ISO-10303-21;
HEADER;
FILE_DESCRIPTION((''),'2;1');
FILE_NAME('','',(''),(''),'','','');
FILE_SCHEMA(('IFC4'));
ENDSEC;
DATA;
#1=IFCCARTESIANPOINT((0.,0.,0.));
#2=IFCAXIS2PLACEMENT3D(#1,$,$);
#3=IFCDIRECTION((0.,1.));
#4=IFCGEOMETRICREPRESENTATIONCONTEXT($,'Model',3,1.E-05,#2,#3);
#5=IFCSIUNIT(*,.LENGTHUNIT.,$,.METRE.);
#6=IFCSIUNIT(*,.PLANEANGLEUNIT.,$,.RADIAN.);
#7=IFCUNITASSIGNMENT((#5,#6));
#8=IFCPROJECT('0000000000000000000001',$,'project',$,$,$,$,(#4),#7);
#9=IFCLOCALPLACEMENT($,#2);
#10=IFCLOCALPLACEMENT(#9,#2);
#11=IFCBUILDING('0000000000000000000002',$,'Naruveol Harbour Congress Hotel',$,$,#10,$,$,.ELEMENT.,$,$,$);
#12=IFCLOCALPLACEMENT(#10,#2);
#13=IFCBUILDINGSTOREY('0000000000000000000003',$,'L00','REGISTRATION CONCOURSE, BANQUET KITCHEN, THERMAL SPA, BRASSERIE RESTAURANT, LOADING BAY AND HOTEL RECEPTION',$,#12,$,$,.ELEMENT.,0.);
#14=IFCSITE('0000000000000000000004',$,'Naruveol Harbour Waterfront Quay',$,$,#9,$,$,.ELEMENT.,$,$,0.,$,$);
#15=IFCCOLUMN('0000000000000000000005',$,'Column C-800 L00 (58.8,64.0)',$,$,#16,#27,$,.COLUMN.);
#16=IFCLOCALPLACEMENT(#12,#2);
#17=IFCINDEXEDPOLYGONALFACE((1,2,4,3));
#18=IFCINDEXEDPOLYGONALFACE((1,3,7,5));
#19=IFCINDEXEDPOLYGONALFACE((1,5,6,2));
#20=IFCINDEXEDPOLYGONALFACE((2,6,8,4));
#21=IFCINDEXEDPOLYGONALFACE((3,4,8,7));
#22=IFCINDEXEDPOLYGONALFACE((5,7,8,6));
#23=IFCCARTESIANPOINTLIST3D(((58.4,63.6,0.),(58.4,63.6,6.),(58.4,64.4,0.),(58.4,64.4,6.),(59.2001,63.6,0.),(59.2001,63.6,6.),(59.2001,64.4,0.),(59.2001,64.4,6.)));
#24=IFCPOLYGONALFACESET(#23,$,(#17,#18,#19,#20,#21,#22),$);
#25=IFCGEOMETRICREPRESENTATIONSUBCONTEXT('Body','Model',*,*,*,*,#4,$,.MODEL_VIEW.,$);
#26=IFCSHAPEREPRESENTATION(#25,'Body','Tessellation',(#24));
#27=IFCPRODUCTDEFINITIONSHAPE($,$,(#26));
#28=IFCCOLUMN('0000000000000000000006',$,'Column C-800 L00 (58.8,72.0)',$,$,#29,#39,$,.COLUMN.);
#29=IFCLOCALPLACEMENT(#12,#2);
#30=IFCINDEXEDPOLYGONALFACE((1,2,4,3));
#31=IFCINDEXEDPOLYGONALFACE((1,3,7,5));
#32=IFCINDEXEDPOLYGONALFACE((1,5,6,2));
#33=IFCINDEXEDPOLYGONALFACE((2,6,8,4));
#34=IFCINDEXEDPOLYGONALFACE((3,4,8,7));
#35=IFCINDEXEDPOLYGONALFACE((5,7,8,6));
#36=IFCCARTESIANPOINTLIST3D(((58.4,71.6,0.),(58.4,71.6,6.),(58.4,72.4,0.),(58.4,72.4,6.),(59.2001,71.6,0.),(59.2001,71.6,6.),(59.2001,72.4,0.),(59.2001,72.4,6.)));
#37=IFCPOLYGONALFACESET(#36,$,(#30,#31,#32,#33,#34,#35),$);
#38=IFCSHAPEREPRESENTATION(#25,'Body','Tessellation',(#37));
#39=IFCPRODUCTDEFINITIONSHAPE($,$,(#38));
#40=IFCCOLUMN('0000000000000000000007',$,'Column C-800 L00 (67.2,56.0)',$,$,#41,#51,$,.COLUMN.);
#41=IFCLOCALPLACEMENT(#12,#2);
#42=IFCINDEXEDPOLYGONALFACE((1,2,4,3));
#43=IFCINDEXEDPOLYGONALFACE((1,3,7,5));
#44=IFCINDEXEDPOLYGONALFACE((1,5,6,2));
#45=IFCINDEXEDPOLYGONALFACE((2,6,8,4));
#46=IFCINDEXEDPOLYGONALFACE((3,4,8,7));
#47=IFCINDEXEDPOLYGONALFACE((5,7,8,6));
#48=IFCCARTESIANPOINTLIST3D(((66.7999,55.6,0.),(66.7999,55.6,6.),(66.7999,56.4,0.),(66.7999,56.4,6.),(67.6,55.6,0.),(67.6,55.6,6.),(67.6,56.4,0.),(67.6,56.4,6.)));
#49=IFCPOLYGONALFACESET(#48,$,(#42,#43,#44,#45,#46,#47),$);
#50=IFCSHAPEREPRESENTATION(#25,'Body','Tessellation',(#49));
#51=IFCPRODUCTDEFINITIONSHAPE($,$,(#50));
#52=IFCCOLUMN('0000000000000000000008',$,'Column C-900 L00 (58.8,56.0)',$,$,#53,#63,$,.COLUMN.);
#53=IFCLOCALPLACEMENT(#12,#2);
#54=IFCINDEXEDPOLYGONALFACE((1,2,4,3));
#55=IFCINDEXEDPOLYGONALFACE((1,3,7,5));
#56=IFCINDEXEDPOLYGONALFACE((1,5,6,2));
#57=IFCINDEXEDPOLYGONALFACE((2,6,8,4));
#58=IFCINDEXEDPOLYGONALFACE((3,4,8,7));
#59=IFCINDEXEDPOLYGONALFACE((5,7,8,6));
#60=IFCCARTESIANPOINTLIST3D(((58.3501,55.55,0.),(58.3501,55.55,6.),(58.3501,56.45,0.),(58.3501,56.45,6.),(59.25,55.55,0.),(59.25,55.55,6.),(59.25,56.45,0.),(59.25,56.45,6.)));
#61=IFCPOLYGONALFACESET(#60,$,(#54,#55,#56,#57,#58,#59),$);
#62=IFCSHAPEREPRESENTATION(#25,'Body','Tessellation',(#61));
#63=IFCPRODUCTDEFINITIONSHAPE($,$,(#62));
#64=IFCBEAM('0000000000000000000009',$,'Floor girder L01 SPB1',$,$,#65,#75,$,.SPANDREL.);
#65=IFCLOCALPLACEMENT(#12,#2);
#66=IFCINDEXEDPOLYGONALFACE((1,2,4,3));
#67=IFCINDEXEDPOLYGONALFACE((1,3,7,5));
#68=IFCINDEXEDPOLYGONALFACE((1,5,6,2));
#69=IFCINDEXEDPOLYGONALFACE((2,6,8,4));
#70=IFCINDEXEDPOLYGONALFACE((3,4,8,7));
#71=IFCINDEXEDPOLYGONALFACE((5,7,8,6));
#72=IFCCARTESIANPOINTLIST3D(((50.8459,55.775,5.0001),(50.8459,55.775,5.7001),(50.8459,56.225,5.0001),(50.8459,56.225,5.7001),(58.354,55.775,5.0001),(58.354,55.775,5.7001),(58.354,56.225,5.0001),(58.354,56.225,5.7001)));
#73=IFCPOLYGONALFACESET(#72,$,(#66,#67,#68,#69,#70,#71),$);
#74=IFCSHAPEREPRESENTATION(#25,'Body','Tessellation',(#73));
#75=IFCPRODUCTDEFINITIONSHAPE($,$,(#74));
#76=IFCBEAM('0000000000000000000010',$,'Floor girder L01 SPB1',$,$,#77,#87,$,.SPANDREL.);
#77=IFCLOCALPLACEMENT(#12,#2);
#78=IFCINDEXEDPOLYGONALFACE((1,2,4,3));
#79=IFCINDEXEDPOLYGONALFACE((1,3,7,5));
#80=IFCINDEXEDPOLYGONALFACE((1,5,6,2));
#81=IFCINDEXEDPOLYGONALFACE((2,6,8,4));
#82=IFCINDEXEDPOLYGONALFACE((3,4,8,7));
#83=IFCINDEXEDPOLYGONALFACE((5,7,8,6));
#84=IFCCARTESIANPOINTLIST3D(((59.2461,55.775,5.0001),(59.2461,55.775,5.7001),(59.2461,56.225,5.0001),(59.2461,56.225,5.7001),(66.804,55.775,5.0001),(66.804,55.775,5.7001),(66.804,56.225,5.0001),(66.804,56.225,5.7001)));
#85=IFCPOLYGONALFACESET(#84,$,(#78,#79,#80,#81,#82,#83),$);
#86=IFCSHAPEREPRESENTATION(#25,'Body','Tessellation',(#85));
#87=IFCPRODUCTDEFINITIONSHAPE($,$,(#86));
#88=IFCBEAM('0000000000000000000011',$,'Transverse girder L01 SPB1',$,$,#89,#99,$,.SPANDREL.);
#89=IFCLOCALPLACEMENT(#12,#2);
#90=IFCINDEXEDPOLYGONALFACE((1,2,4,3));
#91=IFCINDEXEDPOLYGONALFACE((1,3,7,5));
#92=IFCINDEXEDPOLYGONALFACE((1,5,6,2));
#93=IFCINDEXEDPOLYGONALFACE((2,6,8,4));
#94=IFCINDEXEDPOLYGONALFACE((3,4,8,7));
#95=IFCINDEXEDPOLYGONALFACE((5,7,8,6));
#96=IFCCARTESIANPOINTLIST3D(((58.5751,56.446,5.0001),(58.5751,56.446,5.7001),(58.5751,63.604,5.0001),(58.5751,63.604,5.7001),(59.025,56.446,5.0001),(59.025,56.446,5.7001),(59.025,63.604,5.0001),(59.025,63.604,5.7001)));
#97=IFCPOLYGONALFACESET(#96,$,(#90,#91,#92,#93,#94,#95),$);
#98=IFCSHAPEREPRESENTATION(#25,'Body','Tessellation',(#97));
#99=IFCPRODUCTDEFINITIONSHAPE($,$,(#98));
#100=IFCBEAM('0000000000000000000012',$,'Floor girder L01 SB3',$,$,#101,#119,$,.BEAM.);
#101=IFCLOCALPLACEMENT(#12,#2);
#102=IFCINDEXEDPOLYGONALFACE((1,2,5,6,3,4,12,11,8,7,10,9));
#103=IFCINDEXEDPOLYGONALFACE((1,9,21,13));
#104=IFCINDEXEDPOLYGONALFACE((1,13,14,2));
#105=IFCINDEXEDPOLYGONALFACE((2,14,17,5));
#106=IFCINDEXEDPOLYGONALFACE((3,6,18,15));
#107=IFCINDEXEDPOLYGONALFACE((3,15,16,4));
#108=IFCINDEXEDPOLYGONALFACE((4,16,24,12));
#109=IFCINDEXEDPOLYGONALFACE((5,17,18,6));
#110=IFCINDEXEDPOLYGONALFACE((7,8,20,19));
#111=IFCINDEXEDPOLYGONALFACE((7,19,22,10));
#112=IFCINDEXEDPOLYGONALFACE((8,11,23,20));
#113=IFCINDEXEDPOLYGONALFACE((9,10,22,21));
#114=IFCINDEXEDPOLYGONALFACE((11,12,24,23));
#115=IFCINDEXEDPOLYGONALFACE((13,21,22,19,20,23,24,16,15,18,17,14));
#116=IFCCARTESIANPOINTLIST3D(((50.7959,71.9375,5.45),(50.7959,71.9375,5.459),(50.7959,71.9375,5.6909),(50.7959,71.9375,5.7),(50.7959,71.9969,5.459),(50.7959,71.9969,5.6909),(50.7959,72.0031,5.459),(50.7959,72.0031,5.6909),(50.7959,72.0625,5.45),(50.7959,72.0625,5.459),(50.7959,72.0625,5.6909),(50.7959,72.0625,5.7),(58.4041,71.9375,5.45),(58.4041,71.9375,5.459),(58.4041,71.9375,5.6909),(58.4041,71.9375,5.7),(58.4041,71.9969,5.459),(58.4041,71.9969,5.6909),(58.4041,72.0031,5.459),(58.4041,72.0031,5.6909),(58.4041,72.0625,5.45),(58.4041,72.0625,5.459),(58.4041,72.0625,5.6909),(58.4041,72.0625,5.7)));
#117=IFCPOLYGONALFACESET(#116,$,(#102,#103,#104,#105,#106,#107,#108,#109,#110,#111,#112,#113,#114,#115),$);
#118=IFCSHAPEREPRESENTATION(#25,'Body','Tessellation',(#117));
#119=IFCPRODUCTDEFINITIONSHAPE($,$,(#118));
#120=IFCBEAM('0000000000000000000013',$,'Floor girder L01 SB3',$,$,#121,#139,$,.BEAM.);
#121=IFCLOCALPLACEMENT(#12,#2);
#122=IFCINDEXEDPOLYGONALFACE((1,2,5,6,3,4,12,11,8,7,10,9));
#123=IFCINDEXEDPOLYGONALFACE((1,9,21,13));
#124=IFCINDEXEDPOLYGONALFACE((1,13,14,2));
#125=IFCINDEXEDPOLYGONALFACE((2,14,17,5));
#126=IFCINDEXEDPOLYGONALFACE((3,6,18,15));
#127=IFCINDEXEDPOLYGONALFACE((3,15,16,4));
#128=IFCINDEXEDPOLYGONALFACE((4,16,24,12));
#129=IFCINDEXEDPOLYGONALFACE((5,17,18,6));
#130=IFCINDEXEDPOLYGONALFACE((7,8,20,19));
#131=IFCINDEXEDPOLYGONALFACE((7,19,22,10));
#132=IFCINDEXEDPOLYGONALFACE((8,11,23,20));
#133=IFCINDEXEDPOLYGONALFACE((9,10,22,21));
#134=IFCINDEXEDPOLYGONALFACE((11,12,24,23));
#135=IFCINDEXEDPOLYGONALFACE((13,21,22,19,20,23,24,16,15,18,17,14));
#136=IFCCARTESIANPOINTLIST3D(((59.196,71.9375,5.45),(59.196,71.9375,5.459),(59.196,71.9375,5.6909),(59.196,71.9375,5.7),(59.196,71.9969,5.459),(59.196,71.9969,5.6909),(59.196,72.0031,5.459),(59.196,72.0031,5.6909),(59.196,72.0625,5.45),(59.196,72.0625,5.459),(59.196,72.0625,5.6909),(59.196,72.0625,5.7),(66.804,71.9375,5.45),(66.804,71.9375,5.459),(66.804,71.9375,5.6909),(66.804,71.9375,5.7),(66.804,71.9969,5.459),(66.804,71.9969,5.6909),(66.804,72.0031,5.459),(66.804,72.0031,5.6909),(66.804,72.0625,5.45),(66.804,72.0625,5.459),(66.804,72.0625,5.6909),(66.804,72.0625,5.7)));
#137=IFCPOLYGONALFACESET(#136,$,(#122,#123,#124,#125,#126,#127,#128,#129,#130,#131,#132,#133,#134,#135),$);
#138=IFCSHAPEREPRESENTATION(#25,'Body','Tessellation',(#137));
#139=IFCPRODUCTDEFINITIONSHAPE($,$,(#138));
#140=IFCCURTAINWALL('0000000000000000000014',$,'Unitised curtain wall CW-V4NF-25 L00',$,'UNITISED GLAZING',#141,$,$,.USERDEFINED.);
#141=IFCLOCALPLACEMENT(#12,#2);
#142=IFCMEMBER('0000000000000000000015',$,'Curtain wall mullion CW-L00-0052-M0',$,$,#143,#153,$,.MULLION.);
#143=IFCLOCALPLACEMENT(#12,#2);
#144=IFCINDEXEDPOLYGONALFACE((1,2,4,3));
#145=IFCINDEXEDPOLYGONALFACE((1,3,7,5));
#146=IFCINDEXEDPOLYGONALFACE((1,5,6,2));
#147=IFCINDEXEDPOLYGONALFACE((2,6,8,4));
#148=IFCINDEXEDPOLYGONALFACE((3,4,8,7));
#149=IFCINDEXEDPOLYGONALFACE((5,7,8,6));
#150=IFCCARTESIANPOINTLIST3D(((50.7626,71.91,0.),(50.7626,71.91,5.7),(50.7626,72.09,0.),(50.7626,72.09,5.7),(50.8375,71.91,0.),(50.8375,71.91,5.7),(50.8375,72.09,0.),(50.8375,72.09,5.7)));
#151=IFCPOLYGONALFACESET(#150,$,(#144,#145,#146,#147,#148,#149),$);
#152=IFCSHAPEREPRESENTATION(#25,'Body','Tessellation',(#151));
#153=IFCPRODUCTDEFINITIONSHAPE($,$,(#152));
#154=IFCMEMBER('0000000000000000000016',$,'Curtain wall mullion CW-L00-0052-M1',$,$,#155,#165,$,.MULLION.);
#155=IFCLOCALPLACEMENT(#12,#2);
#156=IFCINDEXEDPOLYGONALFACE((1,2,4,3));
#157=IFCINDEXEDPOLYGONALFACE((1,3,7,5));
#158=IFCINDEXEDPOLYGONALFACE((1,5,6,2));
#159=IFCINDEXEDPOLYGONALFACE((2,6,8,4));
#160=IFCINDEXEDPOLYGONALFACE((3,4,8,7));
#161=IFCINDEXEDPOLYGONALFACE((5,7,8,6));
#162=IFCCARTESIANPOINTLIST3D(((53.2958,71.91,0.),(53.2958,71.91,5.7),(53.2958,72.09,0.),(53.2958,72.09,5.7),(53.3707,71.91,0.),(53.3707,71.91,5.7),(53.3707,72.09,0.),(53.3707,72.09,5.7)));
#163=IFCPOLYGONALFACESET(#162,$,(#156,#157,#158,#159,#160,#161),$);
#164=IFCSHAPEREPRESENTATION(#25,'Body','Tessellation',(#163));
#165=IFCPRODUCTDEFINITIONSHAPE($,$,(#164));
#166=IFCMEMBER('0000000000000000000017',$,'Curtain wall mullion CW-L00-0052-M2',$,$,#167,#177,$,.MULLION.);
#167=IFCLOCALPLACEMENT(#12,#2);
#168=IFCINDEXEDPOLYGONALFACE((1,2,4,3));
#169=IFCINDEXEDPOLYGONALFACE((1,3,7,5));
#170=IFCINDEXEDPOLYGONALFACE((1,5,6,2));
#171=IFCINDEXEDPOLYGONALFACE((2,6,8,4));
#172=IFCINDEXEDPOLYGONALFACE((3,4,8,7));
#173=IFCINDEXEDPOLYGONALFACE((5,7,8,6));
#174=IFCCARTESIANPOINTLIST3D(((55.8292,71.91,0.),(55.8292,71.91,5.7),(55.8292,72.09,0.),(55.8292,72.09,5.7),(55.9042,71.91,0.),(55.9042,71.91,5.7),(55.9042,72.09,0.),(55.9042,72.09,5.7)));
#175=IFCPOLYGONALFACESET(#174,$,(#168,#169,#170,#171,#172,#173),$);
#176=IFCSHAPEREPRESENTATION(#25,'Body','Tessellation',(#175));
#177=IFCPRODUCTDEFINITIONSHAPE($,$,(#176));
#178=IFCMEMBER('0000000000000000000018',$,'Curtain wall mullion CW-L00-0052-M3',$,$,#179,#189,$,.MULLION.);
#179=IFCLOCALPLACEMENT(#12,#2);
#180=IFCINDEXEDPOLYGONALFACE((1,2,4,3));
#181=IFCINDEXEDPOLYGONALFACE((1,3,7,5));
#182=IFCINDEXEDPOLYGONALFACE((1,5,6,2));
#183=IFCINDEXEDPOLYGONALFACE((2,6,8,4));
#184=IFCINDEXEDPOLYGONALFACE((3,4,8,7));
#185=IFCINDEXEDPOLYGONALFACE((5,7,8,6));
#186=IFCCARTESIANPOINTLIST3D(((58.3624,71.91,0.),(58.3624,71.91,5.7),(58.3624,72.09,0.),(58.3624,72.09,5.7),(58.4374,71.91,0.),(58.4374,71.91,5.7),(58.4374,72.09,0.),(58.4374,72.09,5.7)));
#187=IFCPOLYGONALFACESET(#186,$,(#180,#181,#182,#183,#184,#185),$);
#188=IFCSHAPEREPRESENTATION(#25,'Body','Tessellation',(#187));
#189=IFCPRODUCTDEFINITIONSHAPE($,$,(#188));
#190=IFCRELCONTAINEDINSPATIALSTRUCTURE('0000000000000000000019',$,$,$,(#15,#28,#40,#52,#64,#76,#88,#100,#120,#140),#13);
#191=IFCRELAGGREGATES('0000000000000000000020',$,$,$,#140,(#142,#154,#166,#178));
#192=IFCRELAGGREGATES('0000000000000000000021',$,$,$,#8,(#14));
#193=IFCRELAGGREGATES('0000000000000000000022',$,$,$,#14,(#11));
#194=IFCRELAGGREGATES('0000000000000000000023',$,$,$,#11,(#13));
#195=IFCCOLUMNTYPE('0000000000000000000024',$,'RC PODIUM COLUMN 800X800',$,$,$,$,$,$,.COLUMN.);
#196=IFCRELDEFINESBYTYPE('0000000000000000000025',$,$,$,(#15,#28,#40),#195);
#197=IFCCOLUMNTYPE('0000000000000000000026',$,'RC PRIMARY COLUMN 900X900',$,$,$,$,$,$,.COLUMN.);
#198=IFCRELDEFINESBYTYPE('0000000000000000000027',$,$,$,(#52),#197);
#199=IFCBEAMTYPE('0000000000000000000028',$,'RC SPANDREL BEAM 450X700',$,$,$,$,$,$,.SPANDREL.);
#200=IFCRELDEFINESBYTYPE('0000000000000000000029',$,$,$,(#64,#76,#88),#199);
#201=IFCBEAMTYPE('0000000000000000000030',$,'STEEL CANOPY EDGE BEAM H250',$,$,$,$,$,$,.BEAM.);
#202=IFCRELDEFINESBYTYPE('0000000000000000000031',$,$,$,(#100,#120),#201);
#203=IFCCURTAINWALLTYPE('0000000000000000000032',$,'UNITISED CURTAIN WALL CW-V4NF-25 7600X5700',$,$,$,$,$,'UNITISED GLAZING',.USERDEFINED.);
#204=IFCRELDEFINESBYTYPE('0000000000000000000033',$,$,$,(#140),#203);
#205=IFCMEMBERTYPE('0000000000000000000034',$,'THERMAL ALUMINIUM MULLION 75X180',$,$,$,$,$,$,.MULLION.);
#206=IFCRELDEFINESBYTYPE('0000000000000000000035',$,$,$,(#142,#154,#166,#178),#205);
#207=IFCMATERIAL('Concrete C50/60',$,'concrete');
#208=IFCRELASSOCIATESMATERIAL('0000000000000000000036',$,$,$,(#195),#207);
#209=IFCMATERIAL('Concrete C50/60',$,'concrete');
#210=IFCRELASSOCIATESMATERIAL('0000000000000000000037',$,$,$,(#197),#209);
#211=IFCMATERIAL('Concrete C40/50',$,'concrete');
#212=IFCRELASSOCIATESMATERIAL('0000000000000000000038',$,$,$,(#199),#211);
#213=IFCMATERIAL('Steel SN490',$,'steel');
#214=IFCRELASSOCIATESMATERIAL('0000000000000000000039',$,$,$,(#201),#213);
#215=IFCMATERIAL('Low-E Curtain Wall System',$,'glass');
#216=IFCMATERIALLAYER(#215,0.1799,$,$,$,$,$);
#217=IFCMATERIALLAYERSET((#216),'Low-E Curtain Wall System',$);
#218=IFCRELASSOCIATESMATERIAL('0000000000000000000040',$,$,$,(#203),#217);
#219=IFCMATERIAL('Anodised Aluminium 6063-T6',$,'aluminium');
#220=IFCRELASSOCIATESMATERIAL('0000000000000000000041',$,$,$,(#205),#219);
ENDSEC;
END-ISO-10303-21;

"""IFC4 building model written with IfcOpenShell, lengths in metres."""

from ifc_helpers import new_model, si_unit, direction, frame, origin, origin_2d, place, context, subcontext, project, spatial, rectangle, i_section, extrude, material, layer, layer_set, material_profile, profile_set, type_object, element, aggregate, save


model = new_model("IFC4")

# Units and contexts
model_context = context("Model", 3, precision=1e-05, world=origin(), true_north=direction((0.0, 1.0)))
body_context = subcontext(model_context, "Body", "Model", "MODEL_VIEW")
ifc_project = project(units=[si_unit("LENGTHUNIT", "METRE"), si_unit("PLANEANGLEUNIT", "RADIAN")], contexts=[model_context])

# Site, building, storey
site_placement = place(None, origin())
site = spatial("IfcSite", under=ifc_project, at=site_placement, Name="Naruveol Harbour Waterfront Quay", CompositionType="ELEMENT", RefElevation=0.0)
building_placement = place(site_placement, origin())
building = spatial("IfcBuilding", under=site, at=building_placement, Name="Naruveol Harbour Congress Hotel", CompositionType="ELEMENT")
storey_placement = place(building_placement, origin())
storey = spatial("IfcBuildingStorey", under=building, at=storey_placement, Name="L00", Description="REGISTRATION CONCOURSE, BANQUET KITCHEN, THERMAL SPA, BRASSERIE RESTAURANT, LOADING BAY AND HOTEL RECEPTION", CompositionType="ELEMENT", Elevation=0.0)

# Columns
ifc_material_1 = material(Name="Concrete C50/60", Category="concrete")
ifc_material_profile_1 = material_profile(ifc_material_1, rectangle(XDim=0.8, YDim=0.8, at=origin_2d()), Name="RC-800x800")
ifc_profile_set_1 = profile_set([ifc_material_profile_1], Name="Concrete C50/60")
column_type_1 = type_object("IfcColumnType", Name="RC PODIUM COLUMN 800X800", PredefinedType="COLUMN", material=ifc_profile_set_1)
for number, where, z_axis, x_axis, name in (
    (1, (58.8, 64.0, 0.0), (0.0, 0.0, 1.0), (1.0, 0.0, 0.0), "Column C-800 L00 (58.8,64.0)"),
    (2, (58.8, 72.0, 0.0), (0.0, 0.0, 1.0), (1.0, 0.0, 0.0), "Column C-800 L00 (58.8,72.0)"),
    (3, (67.2, 56.0, 0.0), (0.0, 0.0, 1.0), (1.0, 0.0, 0.0), "Column C-800 L00 (67.2,56.0)"),
):
    element("IfcColumn", number, at=place(storey_placement, frame(where, z_axis=z_axis, x_axis=x_axis)), inside=storey, type_object=column_type_1, Name=name, PredefinedType="COLUMN", context=body_context, shape_type="SweptSolid", body=[
        extrude(rectangle(XDim=0.8, YDim=0.8, at=origin_2d()), origin(), (0.0, 0.0, 1.0), 6.0),
    ])
ifc_material_2 = material(Name="Concrete C50/60", Category="concrete")
ifc_material_profile_2 = material_profile(ifc_material_2, rectangle(XDim=0.8999, YDim=0.8999, at=origin_2d()), Name="RC-900x900")
ifc_profile_set_2 = profile_set([ifc_material_profile_2], Name="Concrete C50/60")
column_type_2 = type_object("IfcColumnType", Name="RC PRIMARY COLUMN 900X900", PredefinedType="COLUMN", material=ifc_profile_set_2)
column_placement = place(storey_placement, frame((58.8, 56.0, 0.0), z_axis=(0.0, 0.0, 1.0), x_axis=(1.0, 0.0, 0.0)))
element("IfcColumn", 4, at=column_placement, inside=storey, type_object=column_type_2, Name="Column C-900 L00 (58.8,56.0)", PredefinedType="COLUMN", context=body_context, shape_type="SweptSolid", body=[
    extrude(rectangle(XDim=0.8999, YDim=0.8999, at=origin_2d()), origin(), (0.0, 0.0, 1.0), 6.0),
])

# Beams
ifc_material_3 = material(Name="Concrete C40/50", Category="concrete")
ifc_material_profile_3 = material_profile(ifc_material_3, rectangle(XDim=0.45, YDim=0.7, at=origin_2d()), Name="RCB-450x700")
ifc_profile_set_3 = profile_set([ifc_material_profile_3], Name="Concrete C40/50")
beam_type_1 = type_object("IfcBeamType", Name="RC SPANDREL BEAM 450X700", PredefinedType="SPANDREL", material=ifc_profile_set_3)
beam_1_placement = place(storey_placement, frame((50.8459, 56.0, 5.3501), z_axis=(1.0, 0.0, 0.0), x_axis=(0.0, 1.0, 0.0)))
element("IfcBeam", 5, at=beam_1_placement, inside=storey, type_object=beam_type_1, Name="Floor girder L01 SPB1", PredefinedType="SPANDREL", context=body_context, shape_type="SweptSolid", body=[
    extrude(rectangle(XDim=0.45, YDim=0.7, at=origin_2d()), origin(), (0.0, 0.0, 1.0), 7.5081),
])
beam_2_placement = place(storey_placement, frame((59.2461, 56.0, 5.3501), z_axis=(1.0, 0.0, 0.0), x_axis=(0.0, 1.0, 0.0)))
element("IfcBeam", 6, at=beam_2_placement, inside=storey, type_object=beam_type_1, Name="Floor girder L01 SPB1", PredefinedType="SPANDREL", context=body_context, shape_type="SweptSolid", body=[
    extrude(rectangle(XDim=0.45, YDim=0.7, at=origin_2d()), origin(), (0.0, 0.0, 1.0), 7.5579),
])
beam_3_placement = place(storey_placement, frame((58.8, 56.446, 5.3501), z_axis=(0.0, 1.0, 0.0), x_axis=(-1.0, 0.0, 0.0)))
element("IfcBeam", 7, at=beam_3_placement, inside=storey, type_object=beam_type_1, Name="Transverse girder L01 SPB1", PredefinedType="SPANDREL", context=body_context, shape_type="SweptSolid", body=[
    extrude(rectangle(XDim=0.45, YDim=0.7, at=origin_2d()), origin(), (0.0, 0.0, 1.0), 7.158),
])
ifc_material_4 = material(Name="Steel SN490", Category="steel")
ifc_material_profile_4 = material_profile(ifc_material_4, i_section(OverallWidth=0.125, OverallDepth=0.25, WebThickness=0.0061, FlangeThickness=0.009, at=origin_2d()), Name="H-250x125x6x9")
ifc_profile_set_4 = profile_set([ifc_material_profile_4], Name="Steel SN490")
beam_type_2 = type_object("IfcBeamType", Name="STEEL CANOPY EDGE BEAM H250", PredefinedType="BEAM", material=ifc_profile_set_4)
beam_4_placement = place(storey_placement, frame((50.7959, 72.0, 5.575), z_axis=(1.0, 0.0, 0.0), x_axis=(0.0, 1.0, 0.0)))
element("IfcBeam", 8, at=beam_4_placement, inside=storey, type_object=beam_type_2, Name="Floor girder L01 SB3", PredefinedType="BEAM", context=body_context, shape_type="SweptSolid", body=[
    extrude(i_section(OverallWidth=0.125, OverallDepth=0.25, WebThickness=0.0061, FlangeThickness=0.009, at=origin_2d()), origin(), (0.0, 0.0, 1.0), 7.6082),
])
beam_5_placement = place(storey_placement, frame((59.196, 72.0, 5.575), z_axis=(1.0, 0.0, 0.0), x_axis=(0.0, 1.0, 0.0)))
element("IfcBeam", 9, at=beam_5_placement, inside=storey, type_object=beam_type_2, Name="Floor girder L01 SB3", PredefinedType="BEAM", context=body_context, shape_type="SweptSolid", body=[
    extrude(i_section(OverallWidth=0.125, OverallDepth=0.25, WebThickness=0.0061, FlangeThickness=0.009, at=origin_2d()), origin(), (0.0, 0.0, 1.0), 7.6079),
])

# Curtain wall, members
ifc_material_5 = material(Name="Low-E Curtain Wall System", Category="glass")
ifc_layer_1 = layer(ifc_material_5, 0.1799)
ifc_layer_set_1 = layer_set([ifc_layer_1], Name="Low-E Curtain Wall System")
curtain_wall_type_1 = type_object("IfcCurtainWallType", Name="UNITISED CURTAIN WALL CW-V4NF-25 7600X5700", ElementType="UNITISED GLAZING", PredefinedType="USERDEFINED", material=ifc_layer_set_1)
curtain_wall_1_placement = place(storey_placement, origin())
curtain_wall_1 = element("IfcCurtainWall", 10, at=curtain_wall_1_placement, inside=storey, type_object=curtain_wall_type_1, Name="Unitised curtain wall CW-V4NF-25 L00", ObjectType="UNITISED GLAZING", PredefinedType="USERDEFINED")
ifc_material_6 = material(Name="Anodised Aluminium 6063-T6", Category="aluminium")
ifc_material_profile_5 = material_profile(ifc_material_6, rectangle(XDim=0.075, YDim=0.1799, at=origin_2d()), Name="ALU-75x180")
ifc_profile_set_5 = profile_set([ifc_material_profile_5], Name="Anodised Aluminium 6063-T6")
member_type_1 = type_object("IfcMemberType", Name="THERMAL ALUMINIUM MULLION 75X180", PredefinedType="MULLION", material=ifc_profile_set_5)
member_1_placement = place(storey_placement, frame((50.8, 72.0, 0.0), z_axis=(0.0, 0.0, 1.0), x_axis=(1.0, 0.0, 0.0)))
member_1 = element("IfcMember", 11, at=member_1_placement, type_object=member_type_1, Name="Curtain wall mullion CW-L00-0052-M0", PredefinedType="MULLION", context=body_context, shape_type="SweptSolid", body=[
    extrude(rectangle(XDim=0.075, YDim=0.1799, at=origin_2d()), origin(), (0.0, 0.0, 1.0), 5.7),
])
member_2_placement = place(storey_placement, frame((53.3333, 72.0, 0.0), z_axis=(0.0, 0.0, 1.0), x_axis=(1.0, 0.0, 0.0)))
member_2 = element("IfcMember", 12, at=member_2_placement, type_object=member_type_1, Name="Curtain wall mullion CW-L00-0052-M1", PredefinedType="MULLION", context=body_context, shape_type="SweptSolid", body=[
    extrude(rectangle(XDim=0.075, YDim=0.1799, at=origin_2d()), origin(), (0.0, 0.0, 1.0), 5.7),
])
member_3_placement = place(storey_placement, frame((55.8667, 72.0, 0.0), z_axis=(0.0, 0.0, 1.0), x_axis=(1.0, 0.0, 0.0)))
member_3 = element("IfcMember", 13, at=member_3_placement, type_object=member_type_1, Name="Curtain wall mullion CW-L00-0052-M2", PredefinedType="MULLION", context=body_context, shape_type="SweptSolid", body=[
    extrude(rectangle(XDim=0.075, YDim=0.1799, at=origin_2d()), origin(), (0.0, 0.0, 1.0), 5.7),
])
member_4_placement = place(storey_placement, frame((58.3999, 72.0, 0.0), z_axis=(0.0, 0.0, 1.0), x_axis=(1.0, 0.0, 0.0)))
member_4 = element("IfcMember", 14, at=member_4_placement, type_object=member_type_1, Name="Curtain wall mullion CW-L00-0052-M3", PredefinedType="MULLION", context=body_context, shape_type="SweptSolid", body=[
    extrude(rectangle(XDim=0.075, YDim=0.1799, at=origin_2d()), origin(), (0.0, 0.0, 1.0), 5.7),
])

aggregate(curtain_wall_1, [member_1, member_2, member_3, member_4])

save(model, "model.ifc")
